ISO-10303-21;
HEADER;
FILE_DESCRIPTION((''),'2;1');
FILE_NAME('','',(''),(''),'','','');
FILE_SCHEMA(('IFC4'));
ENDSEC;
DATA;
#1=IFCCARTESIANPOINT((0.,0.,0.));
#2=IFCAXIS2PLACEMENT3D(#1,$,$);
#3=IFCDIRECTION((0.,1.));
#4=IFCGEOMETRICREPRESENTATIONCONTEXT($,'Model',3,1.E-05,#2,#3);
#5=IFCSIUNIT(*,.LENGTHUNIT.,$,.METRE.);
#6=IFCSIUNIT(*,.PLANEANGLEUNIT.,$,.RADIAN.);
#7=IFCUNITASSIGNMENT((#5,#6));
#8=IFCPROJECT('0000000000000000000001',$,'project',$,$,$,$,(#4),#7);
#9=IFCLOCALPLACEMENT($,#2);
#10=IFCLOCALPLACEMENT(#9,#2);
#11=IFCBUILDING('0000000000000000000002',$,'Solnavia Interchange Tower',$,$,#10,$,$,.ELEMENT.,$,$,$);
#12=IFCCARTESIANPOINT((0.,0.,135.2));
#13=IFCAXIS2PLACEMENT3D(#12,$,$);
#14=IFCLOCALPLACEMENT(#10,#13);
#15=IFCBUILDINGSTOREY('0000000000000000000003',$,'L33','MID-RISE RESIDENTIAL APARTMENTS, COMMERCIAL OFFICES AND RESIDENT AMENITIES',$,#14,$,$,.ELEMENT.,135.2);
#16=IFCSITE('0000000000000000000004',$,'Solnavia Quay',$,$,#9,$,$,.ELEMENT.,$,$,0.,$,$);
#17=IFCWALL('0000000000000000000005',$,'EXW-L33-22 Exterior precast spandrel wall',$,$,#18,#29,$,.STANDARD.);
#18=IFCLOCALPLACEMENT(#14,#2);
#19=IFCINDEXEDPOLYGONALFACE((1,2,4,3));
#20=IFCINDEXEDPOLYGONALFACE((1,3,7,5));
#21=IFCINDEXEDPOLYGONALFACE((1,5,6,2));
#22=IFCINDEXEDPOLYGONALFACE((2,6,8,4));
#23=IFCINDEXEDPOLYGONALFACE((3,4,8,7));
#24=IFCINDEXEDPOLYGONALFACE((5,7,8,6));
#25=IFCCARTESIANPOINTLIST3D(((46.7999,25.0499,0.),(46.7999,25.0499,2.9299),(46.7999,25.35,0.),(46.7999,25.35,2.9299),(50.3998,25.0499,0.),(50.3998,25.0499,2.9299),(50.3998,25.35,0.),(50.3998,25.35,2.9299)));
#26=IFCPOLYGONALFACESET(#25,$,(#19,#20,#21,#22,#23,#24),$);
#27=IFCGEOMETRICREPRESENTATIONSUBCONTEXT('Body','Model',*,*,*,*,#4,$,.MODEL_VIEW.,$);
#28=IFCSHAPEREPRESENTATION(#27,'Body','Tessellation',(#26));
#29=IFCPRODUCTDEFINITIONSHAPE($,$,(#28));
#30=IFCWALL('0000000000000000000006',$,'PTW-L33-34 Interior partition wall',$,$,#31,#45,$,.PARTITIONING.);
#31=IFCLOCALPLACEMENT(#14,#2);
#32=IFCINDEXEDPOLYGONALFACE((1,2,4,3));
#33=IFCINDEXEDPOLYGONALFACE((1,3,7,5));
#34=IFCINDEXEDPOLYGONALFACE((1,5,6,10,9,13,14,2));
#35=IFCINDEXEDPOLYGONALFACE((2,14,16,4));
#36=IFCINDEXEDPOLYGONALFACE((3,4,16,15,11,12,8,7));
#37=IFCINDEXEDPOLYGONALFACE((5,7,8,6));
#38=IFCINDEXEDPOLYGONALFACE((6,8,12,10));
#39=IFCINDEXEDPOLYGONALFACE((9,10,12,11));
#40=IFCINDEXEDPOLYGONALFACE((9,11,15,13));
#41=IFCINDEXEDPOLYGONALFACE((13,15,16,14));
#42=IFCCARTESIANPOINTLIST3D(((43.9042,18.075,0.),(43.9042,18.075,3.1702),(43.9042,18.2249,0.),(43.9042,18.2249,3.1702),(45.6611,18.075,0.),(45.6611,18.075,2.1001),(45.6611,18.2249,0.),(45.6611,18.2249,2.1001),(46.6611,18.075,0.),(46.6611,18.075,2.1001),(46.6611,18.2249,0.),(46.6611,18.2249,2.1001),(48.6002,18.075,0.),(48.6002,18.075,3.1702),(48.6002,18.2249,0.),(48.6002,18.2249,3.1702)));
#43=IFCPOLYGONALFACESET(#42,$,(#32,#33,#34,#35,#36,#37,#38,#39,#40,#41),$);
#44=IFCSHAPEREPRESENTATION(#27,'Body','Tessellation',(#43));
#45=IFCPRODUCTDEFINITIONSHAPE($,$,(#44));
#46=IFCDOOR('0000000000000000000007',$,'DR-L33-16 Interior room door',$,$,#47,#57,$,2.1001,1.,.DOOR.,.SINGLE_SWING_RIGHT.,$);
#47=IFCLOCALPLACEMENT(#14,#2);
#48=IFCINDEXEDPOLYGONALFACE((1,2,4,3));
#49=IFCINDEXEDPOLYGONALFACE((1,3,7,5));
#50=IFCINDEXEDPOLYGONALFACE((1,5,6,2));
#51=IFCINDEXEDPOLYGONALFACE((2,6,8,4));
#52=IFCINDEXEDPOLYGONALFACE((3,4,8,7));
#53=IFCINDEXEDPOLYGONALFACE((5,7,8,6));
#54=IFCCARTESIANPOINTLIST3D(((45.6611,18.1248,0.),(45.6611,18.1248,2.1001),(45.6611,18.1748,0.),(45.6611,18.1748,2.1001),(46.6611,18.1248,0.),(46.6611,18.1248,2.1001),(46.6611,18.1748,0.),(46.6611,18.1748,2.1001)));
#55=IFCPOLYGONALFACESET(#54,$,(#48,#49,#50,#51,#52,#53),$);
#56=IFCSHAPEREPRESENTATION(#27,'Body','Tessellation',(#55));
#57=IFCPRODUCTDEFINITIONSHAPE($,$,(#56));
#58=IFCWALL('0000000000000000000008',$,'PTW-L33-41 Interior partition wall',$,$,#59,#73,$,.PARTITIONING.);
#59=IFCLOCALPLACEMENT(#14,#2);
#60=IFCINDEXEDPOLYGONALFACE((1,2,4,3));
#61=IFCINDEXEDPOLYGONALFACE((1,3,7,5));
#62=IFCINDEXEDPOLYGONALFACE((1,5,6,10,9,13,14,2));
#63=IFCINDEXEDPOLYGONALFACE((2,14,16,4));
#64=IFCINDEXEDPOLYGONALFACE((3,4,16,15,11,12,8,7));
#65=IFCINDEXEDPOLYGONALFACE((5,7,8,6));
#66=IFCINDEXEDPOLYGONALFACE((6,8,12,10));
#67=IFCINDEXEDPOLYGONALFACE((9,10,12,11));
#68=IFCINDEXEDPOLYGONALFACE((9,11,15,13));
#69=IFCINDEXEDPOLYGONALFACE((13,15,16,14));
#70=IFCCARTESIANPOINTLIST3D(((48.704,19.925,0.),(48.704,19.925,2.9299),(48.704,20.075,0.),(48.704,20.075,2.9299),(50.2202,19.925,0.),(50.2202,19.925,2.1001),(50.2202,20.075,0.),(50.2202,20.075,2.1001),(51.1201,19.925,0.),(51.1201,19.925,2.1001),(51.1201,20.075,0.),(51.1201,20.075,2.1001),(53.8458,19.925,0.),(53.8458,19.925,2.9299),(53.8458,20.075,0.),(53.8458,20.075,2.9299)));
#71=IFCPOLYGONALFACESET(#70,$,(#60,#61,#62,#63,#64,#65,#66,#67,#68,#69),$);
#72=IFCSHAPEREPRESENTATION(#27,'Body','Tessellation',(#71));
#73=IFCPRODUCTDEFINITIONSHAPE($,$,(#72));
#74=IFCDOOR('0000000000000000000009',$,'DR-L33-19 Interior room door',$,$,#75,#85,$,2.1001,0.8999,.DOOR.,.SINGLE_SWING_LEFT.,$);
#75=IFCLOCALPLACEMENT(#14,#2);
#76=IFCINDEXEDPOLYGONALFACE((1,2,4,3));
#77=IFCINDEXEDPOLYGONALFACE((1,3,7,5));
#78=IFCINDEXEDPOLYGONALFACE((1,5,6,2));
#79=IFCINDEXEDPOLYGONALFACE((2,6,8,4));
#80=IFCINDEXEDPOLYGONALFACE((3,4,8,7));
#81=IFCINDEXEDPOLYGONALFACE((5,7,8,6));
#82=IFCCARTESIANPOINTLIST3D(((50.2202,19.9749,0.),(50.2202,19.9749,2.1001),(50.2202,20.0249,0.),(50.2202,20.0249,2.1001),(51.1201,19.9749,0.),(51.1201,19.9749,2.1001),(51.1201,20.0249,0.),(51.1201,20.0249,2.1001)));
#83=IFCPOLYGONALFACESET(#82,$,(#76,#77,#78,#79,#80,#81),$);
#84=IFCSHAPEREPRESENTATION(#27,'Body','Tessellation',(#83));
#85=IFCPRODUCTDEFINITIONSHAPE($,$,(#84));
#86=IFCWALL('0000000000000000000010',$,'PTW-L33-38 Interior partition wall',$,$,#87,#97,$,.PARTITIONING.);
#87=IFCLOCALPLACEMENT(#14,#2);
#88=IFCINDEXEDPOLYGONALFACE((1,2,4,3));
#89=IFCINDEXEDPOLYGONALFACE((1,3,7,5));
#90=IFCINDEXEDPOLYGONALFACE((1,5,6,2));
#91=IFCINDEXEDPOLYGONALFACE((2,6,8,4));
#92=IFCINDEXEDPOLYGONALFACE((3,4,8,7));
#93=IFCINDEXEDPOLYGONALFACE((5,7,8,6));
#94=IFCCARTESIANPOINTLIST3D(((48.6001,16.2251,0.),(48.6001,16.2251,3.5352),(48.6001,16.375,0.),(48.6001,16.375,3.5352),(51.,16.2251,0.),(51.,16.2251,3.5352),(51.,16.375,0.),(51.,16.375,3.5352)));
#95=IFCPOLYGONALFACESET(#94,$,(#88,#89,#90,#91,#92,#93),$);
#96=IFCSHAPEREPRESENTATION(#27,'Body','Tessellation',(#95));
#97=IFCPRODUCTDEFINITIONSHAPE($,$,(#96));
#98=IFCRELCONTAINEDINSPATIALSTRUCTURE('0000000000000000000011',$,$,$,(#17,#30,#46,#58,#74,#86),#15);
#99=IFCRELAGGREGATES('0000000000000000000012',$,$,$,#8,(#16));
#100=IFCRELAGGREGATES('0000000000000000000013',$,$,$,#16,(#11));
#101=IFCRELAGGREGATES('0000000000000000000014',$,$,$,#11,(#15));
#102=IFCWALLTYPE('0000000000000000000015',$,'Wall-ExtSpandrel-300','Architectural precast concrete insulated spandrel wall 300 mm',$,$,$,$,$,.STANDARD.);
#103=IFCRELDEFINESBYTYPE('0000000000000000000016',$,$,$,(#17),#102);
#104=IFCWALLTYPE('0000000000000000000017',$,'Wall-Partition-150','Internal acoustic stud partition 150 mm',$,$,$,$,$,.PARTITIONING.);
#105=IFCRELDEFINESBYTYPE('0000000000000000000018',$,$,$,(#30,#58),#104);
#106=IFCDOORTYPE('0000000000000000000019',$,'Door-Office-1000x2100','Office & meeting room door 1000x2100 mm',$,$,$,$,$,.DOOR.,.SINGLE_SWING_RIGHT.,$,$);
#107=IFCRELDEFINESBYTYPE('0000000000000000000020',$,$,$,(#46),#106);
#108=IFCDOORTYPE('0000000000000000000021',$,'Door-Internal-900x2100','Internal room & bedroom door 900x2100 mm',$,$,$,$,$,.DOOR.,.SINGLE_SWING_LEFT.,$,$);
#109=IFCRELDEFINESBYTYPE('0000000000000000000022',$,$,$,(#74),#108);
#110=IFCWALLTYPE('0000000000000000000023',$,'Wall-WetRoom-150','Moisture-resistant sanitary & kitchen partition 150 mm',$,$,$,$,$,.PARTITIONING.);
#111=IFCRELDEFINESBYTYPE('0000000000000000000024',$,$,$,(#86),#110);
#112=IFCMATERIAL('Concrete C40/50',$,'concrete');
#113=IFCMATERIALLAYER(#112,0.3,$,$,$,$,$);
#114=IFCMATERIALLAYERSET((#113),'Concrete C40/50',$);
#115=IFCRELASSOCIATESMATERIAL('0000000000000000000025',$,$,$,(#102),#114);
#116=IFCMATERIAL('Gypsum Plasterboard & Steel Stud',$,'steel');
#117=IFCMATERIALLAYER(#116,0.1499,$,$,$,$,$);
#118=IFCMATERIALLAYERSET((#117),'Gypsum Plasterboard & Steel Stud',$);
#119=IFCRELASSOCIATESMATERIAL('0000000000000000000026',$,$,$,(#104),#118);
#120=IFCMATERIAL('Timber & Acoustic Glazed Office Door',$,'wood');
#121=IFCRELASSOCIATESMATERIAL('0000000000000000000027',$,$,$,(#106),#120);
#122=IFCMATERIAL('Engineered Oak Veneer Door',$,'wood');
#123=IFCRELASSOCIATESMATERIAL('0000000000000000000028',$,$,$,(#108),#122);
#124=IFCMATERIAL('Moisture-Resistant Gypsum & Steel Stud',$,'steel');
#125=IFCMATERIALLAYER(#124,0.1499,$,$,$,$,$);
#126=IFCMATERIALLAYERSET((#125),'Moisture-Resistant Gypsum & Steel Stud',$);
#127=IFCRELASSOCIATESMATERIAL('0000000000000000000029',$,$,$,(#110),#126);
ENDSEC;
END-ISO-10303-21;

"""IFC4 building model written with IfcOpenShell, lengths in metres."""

from ifc_helpers import new_model, si_unit, direction, frame, frame_2d, origin, place, context, subcontext, project, spatial, rectangle, extrude, material, layer, layer_set, type_object, element, fill, save


model = new_model("IFC4")

# Units and contexts
model_context = context("Model", 3, precision=1e-05, world=origin(), true_north=direction((0.0, 1.0)))
body_context = subcontext(model_context, "Body", "Model", "MODEL_VIEW")
ifc_project = project(units=[si_unit("LENGTHUNIT", "METRE"), si_unit("PLANEANGLEUNIT", "RADIAN")], contexts=[model_context])

# Site, building, storey
site_placement = place(None, origin())
site = spatial("IfcSite", under=ifc_project, at=site_placement, Name="Solnavia Quay", CompositionType="ELEMENT", RefElevation=0.0)
building_placement = place(site_placement, origin())
building = spatial("IfcBuilding", under=site, at=building_placement, Name="Solnavia Interchange Tower", CompositionType="ELEMENT")
storey_placement = place(building_placement, frame((0.0, 0.0, 135.2)))
storey = spatial("IfcBuildingStorey", under=building, at=storey_placement, Name="L33", Description="MID-RISE RESIDENTIAL APARTMENTS, COMMERCIAL OFFICES AND RESIDENT AMENITIES", CompositionType="ELEMENT", Elevation=135.2)

# Shared definitions
ifc_material_1 = material(Name="Concrete C40/50", Category="concrete")
ifc_layer_1 = layer(ifc_material_1, 0.3)
ifc_layer_set_1 = layer_set([ifc_layer_1], Name="Concrete C40/50")
wall_type_1 = type_object("IfcWallType", Name="Wall-ExtSpandrel-300", Description="Architectural precast concrete insulated spandrel wall 300 mm", PredefinedType="STANDARD", material=ifc_layer_set_1)

# Wall
wall_1_placement = place(storey_placement, frame((46.8, 25.2, 0.0), z_axis=(0.0, 0.0, 1.0), x_axis=(1.0, 0.0, 0.0)))
element("IfcWall", 1, at=wall_1_placement, inside=storey, type_object=wall_type_1, Name="EXW-L33-22 Exterior precast spandrel wall", PredefinedType="STANDARD", context=body_context, shape_type="SweptSolid", body=[
    extrude(rectangle(XDim=3.5999, YDim=0.3, at=frame_2d((1.7998, 0.0))), origin(), (0.0, 0.0, 1.0), 2.9299),
])

# Walls, openings, doors
ifc_material_2 = material(Name="Gypsum Plasterboard & Steel Stud", Category="steel")
ifc_layer_2 = layer(ifc_material_2, 0.1499)
ifc_layer_set_2 = layer_set([ifc_layer_2], Name="Gypsum Plasterboard & Steel Stud")
wall_type_2 = type_object("IfcWallType", Name="Wall-Partition-150", Description="Internal acoustic stud partition 150 mm", PredefinedType="PARTITIONING", material=ifc_layer_set_2)
wall_2_placement = place(storey_placement, frame((43.9041, 18.1499, 0.0), z_axis=(0.0, 0.0, 1.0), x_axis=(1.0, 0.0, 0.0)))
wall_2 = element("IfcWall", 2, at=wall_2_placement, inside=storey, type_object=wall_type_2, Name="PTW-L33-34 Interior partition wall", PredefinedType="PARTITIONING", context=body_context, shape_type="SweptSolid", body=[
    extrude(rectangle(XDim=4.696, YDim=0.1499, at=frame_2d((2.3481, 0.0))), origin(), (0.0, 0.0, 1.0), 3.1702),
])
opening_1_placement = place(wall_2_placement, frame((1.7571, 0.0, 0.0)))
opening_1 = element("IfcOpeningElement", 3, at=opening_1_placement, cuts=wall_2, PredefinedType="OPENING", context=body_context, shape_type="SweptSolid", body=[
    extrude(rectangle(XDim=1.0, YDim=2.1001, at=frame_2d((0.5, 1.05))), frame((0.0, 0.085, 0.0), z_axis=(0.0, -1.0, 0.0), x_axis=(1.0, 0.0, 0.0)), (0.0, 0.0, 1.0), 0.1699),
])
ifc_material_3 = material(Name="Timber & Acoustic Glazed Office Door", Category="wood")
door_type_1 = type_object("IfcDoorType", Name="Door-Office-1000x2100", Description="Office & meeting room door 1000x2100 mm", OperationType="SINGLE_SWING_RIGHT", PredefinedType="DOOR", material=ifc_material_3)
door_1_placement = place(opening_1_placement, origin())
door_1 = element("IfcDoor", 4, at=door_1_placement, inside=storey, type_object=door_type_1, Name="DR-L33-16 Interior room door", OperationType="SINGLE_SWING_RIGHT", OverallHeight=2.1001, OverallWidth=1.0, PredefinedType="DOOR", context=body_context, shape_type="SweptSolid", body=[
    extrude(rectangle(XDim=1.0, YDim=2.1001, at=frame_2d((0.5, 1.05))), frame((0.0, 0.0249, 0.0), z_axis=(0.0, -1.0, 0.0), x_axis=(1.0, 0.0, 0.0)), (0.0, 0.0, 1.0), 0.05),
])
fill(opening_1, door_1)
wall_3_placement = place(storey_placement, frame((48.7041, 20.0, 0.0), z_axis=(0.0, 0.0, 1.0), x_axis=(1.0, 0.0, 0.0)))
wall_3 = element("IfcWall", 5, at=wall_3_placement, inside=storey, type_object=wall_type_2, Name="PTW-L33-41 Interior partition wall", PredefinedType="PARTITIONING", context=body_context, shape_type="SweptSolid", body=[
    extrude(rectangle(XDim=5.1418, YDim=0.1499, at=frame_2d((2.5708, 0.0))), origin(), (0.0, 0.0, 1.0), 2.9299),
])
opening_2_placement = place(wall_3_placement, frame((1.5161, 0.0, 0.0)))
opening_2 = element("IfcOpeningElement", 6, at=opening_2_placement, cuts=wall_3, PredefinedType="OPENING", context=body_context, shape_type="SweptSolid", body=[
    extrude(rectangle(XDim=0.8999, YDim=2.1001, at=frame_2d((0.45, 1.05))), frame((0.0, 0.085, 0.0), z_axis=(0.0, -1.0, 0.0), x_axis=(1.0, 0.0, 0.0)), (0.0, 0.0, 1.0), 0.1699),
])
ifc_material_4 = material(Name="Engineered Oak Veneer Door", Category="wood")
door_type_2 = type_object("IfcDoorType", Name="Door-Internal-900x2100", Description="Internal room & bedroom door 900x2100 mm", OperationType="SINGLE_SWING_LEFT", PredefinedType="DOOR", material=ifc_material_4)
door_2_placement = place(opening_2_placement, origin())
door_2 = element("IfcDoor", 7, at=door_2_placement, inside=storey, type_object=door_type_2, Name="DR-L33-19 Interior room door", OperationType="SINGLE_SWING_LEFT", OverallHeight=2.1001, OverallWidth=0.8999, PredefinedType="DOOR", context=body_context, shape_type="SweptSolid", body=[
    extrude(rectangle(XDim=0.8999, YDim=2.1001, at=frame_2d((0.45, 1.05))), frame((0.0, 0.0249, 0.0), z_axis=(0.0, -1.0, 0.0), x_axis=(1.0, 0.0, 0.0)), (0.0, 0.0, 1.0), 0.05),
])
fill(opening_2, door_2)

# Wall
ifc_material_5 = material(Name="Moisture-Resistant Gypsum & Steel Stud", Category="steel")
ifc_layer_3 = layer(ifc_material_5, 0.1499)
ifc_layer_set_3 = layer_set([ifc_layer_3], Name="Moisture-Resistant Gypsum & Steel Stud")
wall_type_3 = type_object("IfcWallType", Name="Wall-WetRoom-150", Description="Moisture-resistant sanitary & kitchen partition 150 mm", PredefinedType="PARTITIONING", material=ifc_layer_set_3)
wall_4_placement = place(storey_placement, frame((48.6001, 16.3, 0.0), z_axis=(0.0, 0.0, 1.0), x_axis=(1.0, 0.0, 0.0)))
element("IfcWall", 8, at=wall_4_placement, inside=storey, type_object=wall_type_3, Name="PTW-L33-38 Interior partition wall", PredefinedType="PARTITIONING", context=body_context, shape_type="SweptSolid", body=[
    extrude(rectangle(XDim=2.3999, YDim=0.1499, at=frame_2d((1.2, 0.0))), origin(), (0.0, 0.0, 1.0), 3.5352),
])

save(model, "model.ifc")
